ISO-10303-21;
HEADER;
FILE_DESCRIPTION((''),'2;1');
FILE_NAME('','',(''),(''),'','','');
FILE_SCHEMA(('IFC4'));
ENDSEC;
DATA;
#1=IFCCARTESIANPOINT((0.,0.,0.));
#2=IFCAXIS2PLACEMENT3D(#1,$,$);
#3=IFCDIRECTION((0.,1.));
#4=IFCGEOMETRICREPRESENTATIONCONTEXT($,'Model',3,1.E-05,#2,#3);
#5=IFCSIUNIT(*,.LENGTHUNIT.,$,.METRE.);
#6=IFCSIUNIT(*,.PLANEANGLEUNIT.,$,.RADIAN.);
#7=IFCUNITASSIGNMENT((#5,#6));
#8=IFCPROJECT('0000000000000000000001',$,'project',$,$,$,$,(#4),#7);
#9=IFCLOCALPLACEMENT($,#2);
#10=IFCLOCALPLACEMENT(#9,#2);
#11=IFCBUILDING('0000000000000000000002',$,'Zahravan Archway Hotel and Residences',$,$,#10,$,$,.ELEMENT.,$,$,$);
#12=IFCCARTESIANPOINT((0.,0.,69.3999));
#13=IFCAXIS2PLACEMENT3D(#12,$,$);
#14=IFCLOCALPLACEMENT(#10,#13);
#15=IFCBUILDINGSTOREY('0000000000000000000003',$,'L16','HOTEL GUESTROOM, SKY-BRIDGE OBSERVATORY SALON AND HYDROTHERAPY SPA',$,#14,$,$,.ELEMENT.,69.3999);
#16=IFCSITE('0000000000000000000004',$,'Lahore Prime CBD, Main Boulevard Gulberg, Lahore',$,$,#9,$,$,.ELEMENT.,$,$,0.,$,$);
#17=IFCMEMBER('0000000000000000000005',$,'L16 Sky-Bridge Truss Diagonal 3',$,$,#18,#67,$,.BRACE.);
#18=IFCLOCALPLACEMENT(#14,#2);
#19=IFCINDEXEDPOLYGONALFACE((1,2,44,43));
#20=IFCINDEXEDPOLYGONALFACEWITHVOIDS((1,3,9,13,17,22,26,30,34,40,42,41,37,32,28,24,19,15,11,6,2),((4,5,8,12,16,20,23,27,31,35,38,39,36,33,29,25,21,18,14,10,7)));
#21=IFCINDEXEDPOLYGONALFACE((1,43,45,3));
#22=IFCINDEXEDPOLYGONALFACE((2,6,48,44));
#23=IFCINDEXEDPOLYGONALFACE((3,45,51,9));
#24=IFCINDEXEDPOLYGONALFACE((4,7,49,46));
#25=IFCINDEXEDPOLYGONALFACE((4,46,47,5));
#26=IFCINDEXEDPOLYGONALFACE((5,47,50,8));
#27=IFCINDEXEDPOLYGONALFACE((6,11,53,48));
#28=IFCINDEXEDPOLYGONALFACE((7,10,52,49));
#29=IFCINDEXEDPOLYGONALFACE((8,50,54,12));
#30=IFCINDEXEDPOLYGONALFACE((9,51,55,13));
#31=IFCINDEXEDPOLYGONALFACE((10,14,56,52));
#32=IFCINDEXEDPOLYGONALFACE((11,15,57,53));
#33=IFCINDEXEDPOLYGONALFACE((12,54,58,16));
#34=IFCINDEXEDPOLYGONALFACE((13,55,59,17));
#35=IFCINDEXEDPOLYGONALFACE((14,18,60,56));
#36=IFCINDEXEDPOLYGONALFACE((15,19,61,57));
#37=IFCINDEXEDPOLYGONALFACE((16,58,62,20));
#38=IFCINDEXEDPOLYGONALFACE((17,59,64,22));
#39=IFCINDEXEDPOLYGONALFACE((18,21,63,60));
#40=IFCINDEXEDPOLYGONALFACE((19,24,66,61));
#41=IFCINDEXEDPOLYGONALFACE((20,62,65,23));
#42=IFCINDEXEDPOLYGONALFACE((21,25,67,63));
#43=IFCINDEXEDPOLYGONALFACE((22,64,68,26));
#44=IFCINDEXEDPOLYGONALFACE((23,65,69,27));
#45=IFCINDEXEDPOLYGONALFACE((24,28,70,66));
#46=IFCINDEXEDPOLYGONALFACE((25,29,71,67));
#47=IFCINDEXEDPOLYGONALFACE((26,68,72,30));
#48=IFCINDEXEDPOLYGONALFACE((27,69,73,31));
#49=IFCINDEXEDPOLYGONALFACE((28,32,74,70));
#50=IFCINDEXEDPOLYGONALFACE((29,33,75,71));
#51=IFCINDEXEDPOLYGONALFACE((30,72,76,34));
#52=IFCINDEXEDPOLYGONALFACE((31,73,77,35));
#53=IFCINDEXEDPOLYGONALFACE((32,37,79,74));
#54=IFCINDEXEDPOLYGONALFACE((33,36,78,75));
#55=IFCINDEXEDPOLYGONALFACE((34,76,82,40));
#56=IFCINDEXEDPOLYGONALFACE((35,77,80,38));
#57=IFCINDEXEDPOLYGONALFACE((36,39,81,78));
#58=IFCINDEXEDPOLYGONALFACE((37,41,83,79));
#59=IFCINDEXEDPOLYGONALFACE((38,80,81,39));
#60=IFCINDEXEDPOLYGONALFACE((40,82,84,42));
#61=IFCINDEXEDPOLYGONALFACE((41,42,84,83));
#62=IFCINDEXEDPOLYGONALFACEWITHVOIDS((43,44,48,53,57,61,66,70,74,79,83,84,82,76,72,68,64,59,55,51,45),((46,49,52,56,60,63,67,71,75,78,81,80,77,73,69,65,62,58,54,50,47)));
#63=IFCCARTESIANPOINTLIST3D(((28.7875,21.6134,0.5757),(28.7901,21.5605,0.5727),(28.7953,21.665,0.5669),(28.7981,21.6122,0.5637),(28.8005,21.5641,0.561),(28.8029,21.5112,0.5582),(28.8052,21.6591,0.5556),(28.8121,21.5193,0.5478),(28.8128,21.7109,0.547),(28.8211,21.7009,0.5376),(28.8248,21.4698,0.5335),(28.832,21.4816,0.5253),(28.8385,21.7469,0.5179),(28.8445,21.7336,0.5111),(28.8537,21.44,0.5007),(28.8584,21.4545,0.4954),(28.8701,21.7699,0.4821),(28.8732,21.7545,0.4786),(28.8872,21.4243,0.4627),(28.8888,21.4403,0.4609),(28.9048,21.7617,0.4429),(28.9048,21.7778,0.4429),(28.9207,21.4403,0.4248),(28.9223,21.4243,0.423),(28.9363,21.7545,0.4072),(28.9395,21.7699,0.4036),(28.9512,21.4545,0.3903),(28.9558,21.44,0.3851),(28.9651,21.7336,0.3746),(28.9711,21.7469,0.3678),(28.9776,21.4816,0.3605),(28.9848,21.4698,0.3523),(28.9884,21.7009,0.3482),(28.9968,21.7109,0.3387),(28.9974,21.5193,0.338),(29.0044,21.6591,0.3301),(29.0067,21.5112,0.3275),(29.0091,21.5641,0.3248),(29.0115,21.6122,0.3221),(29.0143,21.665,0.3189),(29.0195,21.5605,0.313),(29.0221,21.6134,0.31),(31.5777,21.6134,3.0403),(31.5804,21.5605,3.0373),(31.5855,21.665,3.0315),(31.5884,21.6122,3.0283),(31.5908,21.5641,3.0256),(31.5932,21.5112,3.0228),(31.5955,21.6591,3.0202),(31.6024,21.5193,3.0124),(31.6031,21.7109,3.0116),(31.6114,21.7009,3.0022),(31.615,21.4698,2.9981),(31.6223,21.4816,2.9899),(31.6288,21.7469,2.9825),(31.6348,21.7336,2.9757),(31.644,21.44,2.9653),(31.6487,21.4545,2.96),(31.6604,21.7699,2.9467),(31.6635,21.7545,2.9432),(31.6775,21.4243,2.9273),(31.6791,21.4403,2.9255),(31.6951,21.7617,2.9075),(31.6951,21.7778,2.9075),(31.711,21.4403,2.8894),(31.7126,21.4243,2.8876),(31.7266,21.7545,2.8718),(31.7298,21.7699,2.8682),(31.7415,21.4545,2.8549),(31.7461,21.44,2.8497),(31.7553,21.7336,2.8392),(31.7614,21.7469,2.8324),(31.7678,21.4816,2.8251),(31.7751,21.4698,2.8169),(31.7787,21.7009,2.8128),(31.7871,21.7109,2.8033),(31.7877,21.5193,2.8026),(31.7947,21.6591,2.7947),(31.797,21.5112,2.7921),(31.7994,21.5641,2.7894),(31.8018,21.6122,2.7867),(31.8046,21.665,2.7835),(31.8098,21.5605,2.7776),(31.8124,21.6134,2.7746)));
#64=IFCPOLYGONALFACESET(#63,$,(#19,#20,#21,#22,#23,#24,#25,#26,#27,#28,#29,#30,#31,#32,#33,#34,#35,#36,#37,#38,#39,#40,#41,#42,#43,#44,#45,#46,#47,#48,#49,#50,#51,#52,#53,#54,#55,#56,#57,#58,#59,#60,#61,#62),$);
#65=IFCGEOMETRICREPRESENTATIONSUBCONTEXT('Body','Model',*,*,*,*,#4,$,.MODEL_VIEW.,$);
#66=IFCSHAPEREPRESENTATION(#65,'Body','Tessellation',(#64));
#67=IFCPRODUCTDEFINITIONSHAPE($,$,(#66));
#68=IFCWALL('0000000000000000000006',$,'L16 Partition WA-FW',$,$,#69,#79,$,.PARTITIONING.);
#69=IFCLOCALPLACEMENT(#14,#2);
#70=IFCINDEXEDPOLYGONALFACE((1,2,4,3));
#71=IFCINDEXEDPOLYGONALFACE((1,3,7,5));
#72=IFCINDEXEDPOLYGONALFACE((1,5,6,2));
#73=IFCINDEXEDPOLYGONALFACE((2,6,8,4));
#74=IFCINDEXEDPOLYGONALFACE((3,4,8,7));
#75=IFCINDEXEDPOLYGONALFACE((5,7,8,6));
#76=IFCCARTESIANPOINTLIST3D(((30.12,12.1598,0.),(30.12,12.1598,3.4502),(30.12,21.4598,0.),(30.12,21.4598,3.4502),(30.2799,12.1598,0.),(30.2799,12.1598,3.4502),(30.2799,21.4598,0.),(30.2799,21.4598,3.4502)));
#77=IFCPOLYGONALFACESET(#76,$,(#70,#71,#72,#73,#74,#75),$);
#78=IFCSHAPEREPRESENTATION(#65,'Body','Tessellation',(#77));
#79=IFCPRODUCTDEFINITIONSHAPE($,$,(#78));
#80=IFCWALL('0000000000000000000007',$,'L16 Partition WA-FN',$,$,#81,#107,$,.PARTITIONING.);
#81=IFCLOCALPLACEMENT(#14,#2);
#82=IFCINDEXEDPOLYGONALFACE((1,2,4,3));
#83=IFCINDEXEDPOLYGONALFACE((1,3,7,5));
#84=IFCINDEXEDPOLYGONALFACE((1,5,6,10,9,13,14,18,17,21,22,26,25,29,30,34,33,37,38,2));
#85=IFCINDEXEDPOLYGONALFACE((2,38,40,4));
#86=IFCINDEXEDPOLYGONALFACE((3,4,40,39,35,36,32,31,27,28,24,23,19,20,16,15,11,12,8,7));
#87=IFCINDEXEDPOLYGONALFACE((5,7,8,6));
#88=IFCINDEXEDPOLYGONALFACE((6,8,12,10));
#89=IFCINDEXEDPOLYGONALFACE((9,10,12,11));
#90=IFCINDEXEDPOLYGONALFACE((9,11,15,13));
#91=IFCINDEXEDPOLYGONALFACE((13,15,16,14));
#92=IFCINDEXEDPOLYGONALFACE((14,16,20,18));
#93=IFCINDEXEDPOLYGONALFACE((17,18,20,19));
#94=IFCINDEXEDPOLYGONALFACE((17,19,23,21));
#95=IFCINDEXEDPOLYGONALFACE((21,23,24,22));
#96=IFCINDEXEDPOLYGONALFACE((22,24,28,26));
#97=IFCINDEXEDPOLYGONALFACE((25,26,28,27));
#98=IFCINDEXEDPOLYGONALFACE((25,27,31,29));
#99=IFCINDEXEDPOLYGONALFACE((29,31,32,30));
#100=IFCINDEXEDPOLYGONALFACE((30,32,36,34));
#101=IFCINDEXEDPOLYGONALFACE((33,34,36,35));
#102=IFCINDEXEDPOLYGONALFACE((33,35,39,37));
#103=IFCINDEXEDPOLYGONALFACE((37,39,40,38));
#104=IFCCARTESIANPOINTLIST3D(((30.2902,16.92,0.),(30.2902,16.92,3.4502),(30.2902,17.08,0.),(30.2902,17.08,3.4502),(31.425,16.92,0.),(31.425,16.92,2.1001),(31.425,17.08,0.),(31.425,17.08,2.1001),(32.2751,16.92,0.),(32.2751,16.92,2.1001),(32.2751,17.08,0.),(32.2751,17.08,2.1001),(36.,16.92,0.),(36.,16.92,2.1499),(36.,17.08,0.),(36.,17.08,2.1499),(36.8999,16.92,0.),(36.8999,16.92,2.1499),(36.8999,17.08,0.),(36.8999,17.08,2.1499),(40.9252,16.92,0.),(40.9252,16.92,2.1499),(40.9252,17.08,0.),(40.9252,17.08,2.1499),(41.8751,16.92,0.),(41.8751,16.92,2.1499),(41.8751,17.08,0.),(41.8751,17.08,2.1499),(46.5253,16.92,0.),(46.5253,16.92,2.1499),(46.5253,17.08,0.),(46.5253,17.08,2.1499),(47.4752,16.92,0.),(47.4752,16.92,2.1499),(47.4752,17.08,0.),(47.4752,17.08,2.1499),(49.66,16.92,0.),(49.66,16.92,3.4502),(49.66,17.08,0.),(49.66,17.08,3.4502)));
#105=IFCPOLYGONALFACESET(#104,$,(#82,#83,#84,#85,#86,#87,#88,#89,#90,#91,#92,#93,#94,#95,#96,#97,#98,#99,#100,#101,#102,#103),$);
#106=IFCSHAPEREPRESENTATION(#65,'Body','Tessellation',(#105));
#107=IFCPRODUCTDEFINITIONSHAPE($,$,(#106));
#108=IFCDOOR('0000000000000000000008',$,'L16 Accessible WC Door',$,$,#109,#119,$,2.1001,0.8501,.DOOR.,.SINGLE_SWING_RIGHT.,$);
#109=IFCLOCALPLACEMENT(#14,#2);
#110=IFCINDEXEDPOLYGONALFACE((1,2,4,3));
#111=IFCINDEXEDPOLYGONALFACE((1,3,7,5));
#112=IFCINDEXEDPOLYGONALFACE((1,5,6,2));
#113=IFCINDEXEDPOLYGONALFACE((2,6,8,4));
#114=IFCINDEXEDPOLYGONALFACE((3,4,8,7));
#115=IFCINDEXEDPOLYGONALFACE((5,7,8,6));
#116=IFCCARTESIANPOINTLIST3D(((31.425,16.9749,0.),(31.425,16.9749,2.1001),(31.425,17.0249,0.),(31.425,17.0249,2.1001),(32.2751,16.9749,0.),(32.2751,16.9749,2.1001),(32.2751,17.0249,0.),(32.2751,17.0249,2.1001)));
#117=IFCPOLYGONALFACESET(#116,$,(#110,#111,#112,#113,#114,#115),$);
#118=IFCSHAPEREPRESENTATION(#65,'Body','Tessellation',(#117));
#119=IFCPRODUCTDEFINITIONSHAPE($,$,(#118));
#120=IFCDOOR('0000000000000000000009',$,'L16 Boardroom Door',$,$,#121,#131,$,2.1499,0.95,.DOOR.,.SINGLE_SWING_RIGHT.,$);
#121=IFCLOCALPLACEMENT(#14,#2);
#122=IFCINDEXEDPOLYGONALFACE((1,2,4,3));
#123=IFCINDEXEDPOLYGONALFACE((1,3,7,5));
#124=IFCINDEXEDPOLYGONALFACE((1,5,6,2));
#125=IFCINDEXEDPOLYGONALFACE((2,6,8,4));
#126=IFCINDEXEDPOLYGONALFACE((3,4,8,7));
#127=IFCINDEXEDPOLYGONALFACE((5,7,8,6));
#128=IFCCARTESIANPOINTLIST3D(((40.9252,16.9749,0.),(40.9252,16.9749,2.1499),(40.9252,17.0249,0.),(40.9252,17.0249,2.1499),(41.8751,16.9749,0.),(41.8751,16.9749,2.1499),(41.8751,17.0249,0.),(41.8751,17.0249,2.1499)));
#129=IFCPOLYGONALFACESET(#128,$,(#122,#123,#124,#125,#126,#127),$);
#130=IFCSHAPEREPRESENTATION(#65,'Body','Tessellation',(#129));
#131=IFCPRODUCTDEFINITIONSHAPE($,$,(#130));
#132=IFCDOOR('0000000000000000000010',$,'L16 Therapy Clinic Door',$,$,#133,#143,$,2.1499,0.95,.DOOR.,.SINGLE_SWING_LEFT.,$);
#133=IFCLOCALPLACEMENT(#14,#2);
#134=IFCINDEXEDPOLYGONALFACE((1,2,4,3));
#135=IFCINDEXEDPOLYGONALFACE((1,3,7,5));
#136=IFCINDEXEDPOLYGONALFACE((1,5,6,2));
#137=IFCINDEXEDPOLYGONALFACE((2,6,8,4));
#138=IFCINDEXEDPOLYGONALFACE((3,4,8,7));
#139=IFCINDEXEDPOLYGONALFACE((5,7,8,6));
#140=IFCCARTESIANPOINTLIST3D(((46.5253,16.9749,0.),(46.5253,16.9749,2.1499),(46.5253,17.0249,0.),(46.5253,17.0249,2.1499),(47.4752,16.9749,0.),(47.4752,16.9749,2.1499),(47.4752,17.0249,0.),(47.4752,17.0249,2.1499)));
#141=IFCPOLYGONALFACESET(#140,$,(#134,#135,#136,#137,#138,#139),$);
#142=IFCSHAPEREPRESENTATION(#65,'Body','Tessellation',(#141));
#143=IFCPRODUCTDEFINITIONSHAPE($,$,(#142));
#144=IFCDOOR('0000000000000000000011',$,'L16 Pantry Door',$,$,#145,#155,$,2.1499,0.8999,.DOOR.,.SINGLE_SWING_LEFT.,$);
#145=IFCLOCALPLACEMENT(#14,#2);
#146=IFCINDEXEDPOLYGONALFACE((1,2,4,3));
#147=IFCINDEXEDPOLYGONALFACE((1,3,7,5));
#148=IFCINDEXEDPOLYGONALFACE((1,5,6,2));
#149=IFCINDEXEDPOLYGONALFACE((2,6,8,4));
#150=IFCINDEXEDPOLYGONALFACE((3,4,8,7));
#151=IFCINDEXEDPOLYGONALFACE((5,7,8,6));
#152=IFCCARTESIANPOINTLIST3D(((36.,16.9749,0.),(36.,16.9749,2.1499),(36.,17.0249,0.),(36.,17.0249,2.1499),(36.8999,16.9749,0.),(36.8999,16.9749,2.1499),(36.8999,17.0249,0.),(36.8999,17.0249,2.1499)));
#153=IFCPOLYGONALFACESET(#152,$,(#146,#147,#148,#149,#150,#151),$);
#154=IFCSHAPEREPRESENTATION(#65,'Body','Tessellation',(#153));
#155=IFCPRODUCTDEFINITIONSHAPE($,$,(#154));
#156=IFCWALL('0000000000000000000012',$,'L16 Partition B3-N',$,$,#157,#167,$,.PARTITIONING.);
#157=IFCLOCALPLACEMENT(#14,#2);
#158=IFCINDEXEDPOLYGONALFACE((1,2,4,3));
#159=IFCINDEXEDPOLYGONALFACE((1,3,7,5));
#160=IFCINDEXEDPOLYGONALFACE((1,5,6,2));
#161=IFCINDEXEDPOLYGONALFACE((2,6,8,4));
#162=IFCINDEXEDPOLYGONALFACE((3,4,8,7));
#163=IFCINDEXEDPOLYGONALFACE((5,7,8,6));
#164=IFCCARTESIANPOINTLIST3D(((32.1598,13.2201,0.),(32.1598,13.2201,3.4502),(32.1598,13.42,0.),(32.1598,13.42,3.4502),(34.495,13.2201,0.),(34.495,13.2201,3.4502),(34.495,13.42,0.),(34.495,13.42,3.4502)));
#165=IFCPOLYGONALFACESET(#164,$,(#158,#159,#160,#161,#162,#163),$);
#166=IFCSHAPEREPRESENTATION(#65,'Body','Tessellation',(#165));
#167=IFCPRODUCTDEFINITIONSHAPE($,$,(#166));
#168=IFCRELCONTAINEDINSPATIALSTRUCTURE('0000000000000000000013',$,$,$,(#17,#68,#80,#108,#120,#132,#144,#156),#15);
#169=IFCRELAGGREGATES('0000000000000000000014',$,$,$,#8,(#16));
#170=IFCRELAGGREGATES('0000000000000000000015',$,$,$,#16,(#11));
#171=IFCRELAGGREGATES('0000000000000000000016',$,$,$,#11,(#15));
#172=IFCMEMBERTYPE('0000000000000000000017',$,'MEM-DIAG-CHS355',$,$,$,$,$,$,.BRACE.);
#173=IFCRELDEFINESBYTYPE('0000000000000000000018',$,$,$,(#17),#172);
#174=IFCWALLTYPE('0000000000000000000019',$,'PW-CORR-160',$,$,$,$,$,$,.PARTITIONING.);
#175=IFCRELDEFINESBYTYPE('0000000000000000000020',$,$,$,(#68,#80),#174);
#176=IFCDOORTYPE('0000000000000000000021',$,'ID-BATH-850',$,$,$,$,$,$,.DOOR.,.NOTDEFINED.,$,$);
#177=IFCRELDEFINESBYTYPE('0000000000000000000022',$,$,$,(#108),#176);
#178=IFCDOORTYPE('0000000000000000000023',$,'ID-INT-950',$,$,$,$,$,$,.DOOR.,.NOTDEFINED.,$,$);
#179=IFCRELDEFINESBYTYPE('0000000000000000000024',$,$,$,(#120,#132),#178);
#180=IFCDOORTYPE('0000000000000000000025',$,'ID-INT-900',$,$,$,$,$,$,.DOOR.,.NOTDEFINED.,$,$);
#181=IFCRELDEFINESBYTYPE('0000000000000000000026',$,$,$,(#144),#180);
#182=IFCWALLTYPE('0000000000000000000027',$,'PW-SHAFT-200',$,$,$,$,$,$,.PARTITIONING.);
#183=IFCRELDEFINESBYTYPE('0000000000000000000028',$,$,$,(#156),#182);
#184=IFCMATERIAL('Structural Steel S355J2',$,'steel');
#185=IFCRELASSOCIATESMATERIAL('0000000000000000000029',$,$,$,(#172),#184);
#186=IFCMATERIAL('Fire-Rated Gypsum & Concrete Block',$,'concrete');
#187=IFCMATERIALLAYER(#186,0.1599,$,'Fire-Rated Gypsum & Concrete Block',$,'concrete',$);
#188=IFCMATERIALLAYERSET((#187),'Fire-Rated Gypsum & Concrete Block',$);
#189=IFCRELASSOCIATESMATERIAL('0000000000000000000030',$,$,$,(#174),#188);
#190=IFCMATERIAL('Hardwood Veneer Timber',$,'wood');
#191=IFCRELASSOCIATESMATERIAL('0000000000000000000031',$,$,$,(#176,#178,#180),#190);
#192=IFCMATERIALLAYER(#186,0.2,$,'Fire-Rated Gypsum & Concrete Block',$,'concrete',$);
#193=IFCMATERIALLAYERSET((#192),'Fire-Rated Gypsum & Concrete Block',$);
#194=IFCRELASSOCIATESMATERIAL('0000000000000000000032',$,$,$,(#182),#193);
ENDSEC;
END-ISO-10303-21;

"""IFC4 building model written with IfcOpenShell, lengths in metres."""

from ifc_helpers import new_model, si_unit, direction, frame, frame_2d, origin, origin_2d, place, context, subcontext, project, spatial, rectangle, hollow_circle, extrude, source, transform, mapped, material, layer, layer_set, material_profile, profile_set, type_object, type_shapes, element, fill, save


model = new_model("IFC4")

# Units and contexts
model_context = context("Model", 3, precision=1e-05, world=origin(), true_north=direction((0.0, 1.0)))
body_context = subcontext(model_context, "Body", "Model", "MODEL_VIEW")
ifc_project = project(units=[si_unit("LENGTHUNIT", "METRE"), si_unit("PLANEANGLEUNIT", "RADIAN")], contexts=[model_context])

# Site, building, storey
site_placement = place(None, origin())
site = spatial("IfcSite", under=ifc_project, at=site_placement, Name="Lahore Prime CBD, Main Boulevard Gulberg, Lahore", CompositionType="ELEMENT", RefElevation=0.0)
building_placement = place(site_placement, origin())
building = spatial("IfcBuilding", under=site, at=building_placement, Name="Zahravan Archway Hotel and Residences", CompositionType="ELEMENT")
storey_placement = place(building_placement, frame((0.0, 0.0, 69.3999)))
storey = spatial("IfcBuildingStorey", under=building, at=storey_placement, Name="L16", Description="HOTEL GUESTROOM, SKY-BRIDGE OBSERVATORY SALON AND HYDROTHERAPY SPA", CompositionType="ELEMENT", Elevation=69.3999)

# Member
ifc_material_1 = material(Name="Structural Steel S355J2", Category="steel")
ifc_material_profile_1 = material_profile(ifc_material_1, hollow_circle(Radius=0.1777, WallThickness=0.0161, at=origin_2d()), Name="CHS 355.6x16", Category="steel")
ifc_profile_set_1 = profile_set([ifc_material_profile_1], Name="Structural Steel S355J2")
member_type_1 = type_object("IfcMemberType", Name="MEM-DIAG-CHS355", PredefinedType="BRACE", material=ifc_profile_set_1)
shared_shape_1 = source(origin(), body_context, "Body", "SweptSolid", [
    extrude(hollow_circle(Radius=0.1777, WallThickness=0.0161, at=origin_2d()), origin(), (0.0, 0.0, 1.0), 3.7229),
])
member_1_placement = place(storey_placement, frame((28.9048, 21.6001, 0.4429), z_axis=(0.749493, 0.0, 0.662012), x_axis=(0.0, 1.0, 0.0)))
element("IfcMember", 1, at=member_1_placement, inside=storey, type_object=member_type_1, Name="L16 Sky-Bridge Truss Diagonal 3", PredefinedType="BRACE", context=body_context, shape_type="MappedRepresentation", body=[
    mapped(shared_shape_1, transform((0.0, 0.0, 0.0), scale=1.0)),
])

# Wall
ifc_material_2 = material(Name="Fire-Rated Gypsum & Concrete Block", Category="concrete")
ifc_layer_1 = layer(ifc_material_2, 0.1599, Name="Fire-Rated Gypsum & Concrete Block", Category="concrete")
ifc_layer_set_1 = layer_set([ifc_layer_1], Name="Fire-Rated Gypsum & Concrete Block")
wall_type_1 = type_object("IfcWallType", Name="PW-CORR-160", PredefinedType="PARTITIONING", material=ifc_layer_set_1)
wall_1_placement = place(storey_placement, frame((30.2, 12.1599, 0.0), z_axis=(0.0, 0.0, 1.0), x_axis=(0.0, 1.0, 0.0)))
element("IfcWall", 2, at=wall_1_placement, inside=storey, type_object=wall_type_1, Name="L16 Partition WA-FW", PredefinedType="PARTITIONING", context=body_context, shape_type="SweptSolid", body=[
    extrude(rectangle(XDim=9.3, YDim=0.1599, at=frame_2d((4.6499, 0.0))), origin(), (0.0, 0.0, 1.0), 3.4502),
])

# Wall, openings, doors
wall_2_placement = place(storey_placement, frame((30.29, 17.0, 0.0), z_axis=(0.0, 0.0, 1.0), x_axis=(1.0, 0.0, 0.0)))
wall_2 = element("IfcWall", 3, at=wall_2_placement, inside=storey, type_object=wall_type_1, Name="L16 Partition WA-FN", PredefinedType="PARTITIONING", context=body_context, shape_type="SweptSolid", body=[
    extrude(rectangle(XDim=19.3699, YDim=0.1599, at=frame_2d((9.6851, 0.0))), origin(), (0.0, 0.0, 1.0), 3.4502),
])
opening_1_placement = place(wall_2_placement, frame((1.135, 0.0, 0.0)))
opening_1 = element("IfcOpeningElement", 4, at=opening_1_placement, cuts=wall_2, PredefinedType="OPENING", context=body_context, shape_type="SweptSolid", body=[
    extrude(rectangle(XDim=0.8501, YDim=2.1001, at=frame_2d((0.425, 1.05))), frame((0.0, 0.0898, 0.0), z_axis=(0.0, -1.0, 0.0), x_axis=(1.0, 0.0, 0.0)), (0.0, 0.0, 1.0), 0.1799),
])
opening_2_placement = place(wall_2_placement, frame((5.71, 0.0, 0.0)))
opening_2 = element("IfcOpeningElement", 5, at=opening_2_placement, cuts=wall_2, PredefinedType="OPENING", context=body_context, shape_type="SweptSolid", body=[
    extrude(rectangle(XDim=0.8999, YDim=2.1499, at=frame_2d((0.45, 1.075))), frame((0.0, 0.0898, 0.0), z_axis=(0.0, -1.0, 0.0), x_axis=(1.0, 0.0, 0.0)), (0.0, 0.0, 1.0), 0.1799),
])
opening_3_placement = place(wall_2_placement, frame((10.635, 0.0, 0.0)))
opening_3 = element("IfcOpeningElement", 6, at=opening_3_placement, cuts=wall_2, PredefinedType="OPENING", context=body_context, shape_type="SweptSolid", body=[
    extrude(rectangle(XDim=0.95, YDim=2.1499, at=frame_2d((0.4751, 1.075))), frame((0.0, 0.0898, 0.0), z_axis=(0.0, -1.0, 0.0), x_axis=(1.0, 0.0, 0.0)), (0.0, 0.0, 1.0), 0.1799),
])
opening_4_placement = place(wall_2_placement, frame((16.2351, 0.0, 0.0)))
opening_4 = element("IfcOpeningElement", 7, at=opening_4_placement, cuts=wall_2, PredefinedType="OPENING", context=body_context, shape_type="SweptSolid", body=[
    extrude(rectangle(XDim=0.95, YDim=2.1499, at=frame_2d((0.4751, 1.075))), frame((0.0, 0.0898, 0.0), z_axis=(0.0, -1.0, 0.0), x_axis=(1.0, 0.0, 0.0)), (0.0, 0.0, 1.0), 0.1799),
])
ifc_material_3 = material(Name="Hardwood Veneer Timber", Category="wood")
door_type_1 = type_object("IfcDoorType", Name="ID-BATH-850", OperationType="NOTDEFINED", PredefinedType="DOOR", material=ifc_material_3)
shared_shape_2 = source(origin(), body_context, "Body", "SweptSolid", [
    extrude(rectangle(XDim=0.8501, YDim=2.1001, at=frame_2d((0.425, 1.05))), frame((0.0, 0.0249, 0.0), z_axis=(0.0, -1.0, 0.0), x_axis=(1.0, 0.0, 0.0)), (0.0, 0.0, 1.0), 0.05),
])
type_shapes(door_type_1, [shared_shape_2])
door_1_placement = place(opening_1_placement, origin())
door_1 = element("IfcDoor", 8, at=door_1_placement, inside=storey, type_object=door_type_1, Name="L16 Accessible WC Door", OperationType="SINGLE_SWING_RIGHT", OverallHeight=2.1001, OverallWidth=0.8501, PredefinedType="DOOR", context=body_context, shape_type="MappedRepresentation", body=[
    mapped(shared_shape_2, transform((0.0, 0.0, 0.0), scale=1.0)),
])
fill(opening_1, door_1)
door_type_2 = type_object("IfcDoorType", Name="ID-INT-950", OperationType="NOTDEFINED", PredefinedType="DOOR", material=ifc_material_3)
shared_shape_3 = source(origin(), body_context, "Body", "SweptSolid", [
    extrude(rectangle(XDim=0.95, YDim=2.1499, at=frame_2d((0.4751, 1.075))), frame((0.0, 0.0249, 0.0), z_axis=(0.0, -1.0, 0.0), x_axis=(1.0, 0.0, 0.0)), (0.0, 0.0, 1.0), 0.05),
])
type_shapes(door_type_2, [shared_shape_3])
door_2_placement = place(opening_3_placement, origin())
door_2 = element("IfcDoor", 9, at=door_2_placement, inside=storey, type_object=door_type_2, Name="L16 Boardroom Door", OperationType="SINGLE_SWING_RIGHT", OverallHeight=2.1499, OverallWidth=0.95, PredefinedType="DOOR", context=body_context, shape_type="MappedRepresentation", body=[
    mapped(shared_shape_3, transform((0.0, 0.0, 0.0), scale=1.0)),
])
fill(opening_3, door_2)
door_3_placement = place(opening_4_placement, origin())
door_3 = element("IfcDoor", 10, at=door_3_placement, inside=storey, type_object=door_type_2, Name="L16 Therapy Clinic Door", OperationType="SINGLE_SWING_LEFT", OverallHeight=2.1499, OverallWidth=0.95, PredefinedType="DOOR", context=body_context, shape_type="MappedRepresentation", body=[
    mapped(shared_shape_3, transform((0.0, 0.0, 0.0), scale=1.0)),
])
fill(opening_4, door_3)
door_type_3 = type_object("IfcDoorType", Name="ID-INT-900", OperationType="NOTDEFINED", PredefinedType="DOOR", material=ifc_material_3)
shared_shape_4 = source(origin(), body_context, "Body", "SweptSolid", [
    extrude(rectangle(XDim=0.8999, YDim=2.1499, at=frame_2d((0.45, 1.075))), frame((0.0, 0.0249, 0.0), z_axis=(0.0, -1.0, 0.0), x_axis=(1.0, 0.0, 0.0)), (0.0, 0.0, 1.0), 0.05),
])
type_shapes(door_type_3, [shared_shape_4])
door_4_placement = place(opening_2_placement, origin())
door_4 = element("IfcDoor", 11, at=door_4_placement, inside=storey, type_object=door_type_3, Name="L16 Pantry Door", OperationType="SINGLE_SWING_LEFT", OverallHeight=2.1499, OverallWidth=0.8999, PredefinedType="DOOR", context=body_context, shape_type="MappedRepresentation", body=[
    mapped(shared_shape_4, transform((0.0, 0.0, 0.0), scale=1.0)),
])
fill(opening_2, door_4)

# Wall
ifc_layer_2 = layer(ifc_material_2, 0.2, Name="Fire-Rated Gypsum & Concrete Block", Category="concrete")
ifc_layer_set_2 = layer_set([ifc_layer_2], Name="Fire-Rated Gypsum & Concrete Block")
wall_type_2 = type_object("IfcWallType", Name="PW-SHAFT-200", PredefinedType="PARTITIONING", material=ifc_layer_set_2)
wall_3_placement = place(storey_placement, frame((32.1599, 13.3201, 0.0), z_axis=(0.0, 0.0, 1.0), x_axis=(1.0, 0.0, 0.0)))
element("IfcWall", 12, at=wall_3_placement, inside=storey, type_object=wall_type_2, Name="L16 Partition B3-N", PredefinedType="PARTITIONING", context=body_context, shape_type="SweptSolid", body=[
    extrude(rectangle(XDim=2.3352, YDim=0.2, at=frame_2d((1.1675, 0.0))), origin(), (0.0, 0.0, 1.0), 3.4502),
])

save(model, "model.ifc")
